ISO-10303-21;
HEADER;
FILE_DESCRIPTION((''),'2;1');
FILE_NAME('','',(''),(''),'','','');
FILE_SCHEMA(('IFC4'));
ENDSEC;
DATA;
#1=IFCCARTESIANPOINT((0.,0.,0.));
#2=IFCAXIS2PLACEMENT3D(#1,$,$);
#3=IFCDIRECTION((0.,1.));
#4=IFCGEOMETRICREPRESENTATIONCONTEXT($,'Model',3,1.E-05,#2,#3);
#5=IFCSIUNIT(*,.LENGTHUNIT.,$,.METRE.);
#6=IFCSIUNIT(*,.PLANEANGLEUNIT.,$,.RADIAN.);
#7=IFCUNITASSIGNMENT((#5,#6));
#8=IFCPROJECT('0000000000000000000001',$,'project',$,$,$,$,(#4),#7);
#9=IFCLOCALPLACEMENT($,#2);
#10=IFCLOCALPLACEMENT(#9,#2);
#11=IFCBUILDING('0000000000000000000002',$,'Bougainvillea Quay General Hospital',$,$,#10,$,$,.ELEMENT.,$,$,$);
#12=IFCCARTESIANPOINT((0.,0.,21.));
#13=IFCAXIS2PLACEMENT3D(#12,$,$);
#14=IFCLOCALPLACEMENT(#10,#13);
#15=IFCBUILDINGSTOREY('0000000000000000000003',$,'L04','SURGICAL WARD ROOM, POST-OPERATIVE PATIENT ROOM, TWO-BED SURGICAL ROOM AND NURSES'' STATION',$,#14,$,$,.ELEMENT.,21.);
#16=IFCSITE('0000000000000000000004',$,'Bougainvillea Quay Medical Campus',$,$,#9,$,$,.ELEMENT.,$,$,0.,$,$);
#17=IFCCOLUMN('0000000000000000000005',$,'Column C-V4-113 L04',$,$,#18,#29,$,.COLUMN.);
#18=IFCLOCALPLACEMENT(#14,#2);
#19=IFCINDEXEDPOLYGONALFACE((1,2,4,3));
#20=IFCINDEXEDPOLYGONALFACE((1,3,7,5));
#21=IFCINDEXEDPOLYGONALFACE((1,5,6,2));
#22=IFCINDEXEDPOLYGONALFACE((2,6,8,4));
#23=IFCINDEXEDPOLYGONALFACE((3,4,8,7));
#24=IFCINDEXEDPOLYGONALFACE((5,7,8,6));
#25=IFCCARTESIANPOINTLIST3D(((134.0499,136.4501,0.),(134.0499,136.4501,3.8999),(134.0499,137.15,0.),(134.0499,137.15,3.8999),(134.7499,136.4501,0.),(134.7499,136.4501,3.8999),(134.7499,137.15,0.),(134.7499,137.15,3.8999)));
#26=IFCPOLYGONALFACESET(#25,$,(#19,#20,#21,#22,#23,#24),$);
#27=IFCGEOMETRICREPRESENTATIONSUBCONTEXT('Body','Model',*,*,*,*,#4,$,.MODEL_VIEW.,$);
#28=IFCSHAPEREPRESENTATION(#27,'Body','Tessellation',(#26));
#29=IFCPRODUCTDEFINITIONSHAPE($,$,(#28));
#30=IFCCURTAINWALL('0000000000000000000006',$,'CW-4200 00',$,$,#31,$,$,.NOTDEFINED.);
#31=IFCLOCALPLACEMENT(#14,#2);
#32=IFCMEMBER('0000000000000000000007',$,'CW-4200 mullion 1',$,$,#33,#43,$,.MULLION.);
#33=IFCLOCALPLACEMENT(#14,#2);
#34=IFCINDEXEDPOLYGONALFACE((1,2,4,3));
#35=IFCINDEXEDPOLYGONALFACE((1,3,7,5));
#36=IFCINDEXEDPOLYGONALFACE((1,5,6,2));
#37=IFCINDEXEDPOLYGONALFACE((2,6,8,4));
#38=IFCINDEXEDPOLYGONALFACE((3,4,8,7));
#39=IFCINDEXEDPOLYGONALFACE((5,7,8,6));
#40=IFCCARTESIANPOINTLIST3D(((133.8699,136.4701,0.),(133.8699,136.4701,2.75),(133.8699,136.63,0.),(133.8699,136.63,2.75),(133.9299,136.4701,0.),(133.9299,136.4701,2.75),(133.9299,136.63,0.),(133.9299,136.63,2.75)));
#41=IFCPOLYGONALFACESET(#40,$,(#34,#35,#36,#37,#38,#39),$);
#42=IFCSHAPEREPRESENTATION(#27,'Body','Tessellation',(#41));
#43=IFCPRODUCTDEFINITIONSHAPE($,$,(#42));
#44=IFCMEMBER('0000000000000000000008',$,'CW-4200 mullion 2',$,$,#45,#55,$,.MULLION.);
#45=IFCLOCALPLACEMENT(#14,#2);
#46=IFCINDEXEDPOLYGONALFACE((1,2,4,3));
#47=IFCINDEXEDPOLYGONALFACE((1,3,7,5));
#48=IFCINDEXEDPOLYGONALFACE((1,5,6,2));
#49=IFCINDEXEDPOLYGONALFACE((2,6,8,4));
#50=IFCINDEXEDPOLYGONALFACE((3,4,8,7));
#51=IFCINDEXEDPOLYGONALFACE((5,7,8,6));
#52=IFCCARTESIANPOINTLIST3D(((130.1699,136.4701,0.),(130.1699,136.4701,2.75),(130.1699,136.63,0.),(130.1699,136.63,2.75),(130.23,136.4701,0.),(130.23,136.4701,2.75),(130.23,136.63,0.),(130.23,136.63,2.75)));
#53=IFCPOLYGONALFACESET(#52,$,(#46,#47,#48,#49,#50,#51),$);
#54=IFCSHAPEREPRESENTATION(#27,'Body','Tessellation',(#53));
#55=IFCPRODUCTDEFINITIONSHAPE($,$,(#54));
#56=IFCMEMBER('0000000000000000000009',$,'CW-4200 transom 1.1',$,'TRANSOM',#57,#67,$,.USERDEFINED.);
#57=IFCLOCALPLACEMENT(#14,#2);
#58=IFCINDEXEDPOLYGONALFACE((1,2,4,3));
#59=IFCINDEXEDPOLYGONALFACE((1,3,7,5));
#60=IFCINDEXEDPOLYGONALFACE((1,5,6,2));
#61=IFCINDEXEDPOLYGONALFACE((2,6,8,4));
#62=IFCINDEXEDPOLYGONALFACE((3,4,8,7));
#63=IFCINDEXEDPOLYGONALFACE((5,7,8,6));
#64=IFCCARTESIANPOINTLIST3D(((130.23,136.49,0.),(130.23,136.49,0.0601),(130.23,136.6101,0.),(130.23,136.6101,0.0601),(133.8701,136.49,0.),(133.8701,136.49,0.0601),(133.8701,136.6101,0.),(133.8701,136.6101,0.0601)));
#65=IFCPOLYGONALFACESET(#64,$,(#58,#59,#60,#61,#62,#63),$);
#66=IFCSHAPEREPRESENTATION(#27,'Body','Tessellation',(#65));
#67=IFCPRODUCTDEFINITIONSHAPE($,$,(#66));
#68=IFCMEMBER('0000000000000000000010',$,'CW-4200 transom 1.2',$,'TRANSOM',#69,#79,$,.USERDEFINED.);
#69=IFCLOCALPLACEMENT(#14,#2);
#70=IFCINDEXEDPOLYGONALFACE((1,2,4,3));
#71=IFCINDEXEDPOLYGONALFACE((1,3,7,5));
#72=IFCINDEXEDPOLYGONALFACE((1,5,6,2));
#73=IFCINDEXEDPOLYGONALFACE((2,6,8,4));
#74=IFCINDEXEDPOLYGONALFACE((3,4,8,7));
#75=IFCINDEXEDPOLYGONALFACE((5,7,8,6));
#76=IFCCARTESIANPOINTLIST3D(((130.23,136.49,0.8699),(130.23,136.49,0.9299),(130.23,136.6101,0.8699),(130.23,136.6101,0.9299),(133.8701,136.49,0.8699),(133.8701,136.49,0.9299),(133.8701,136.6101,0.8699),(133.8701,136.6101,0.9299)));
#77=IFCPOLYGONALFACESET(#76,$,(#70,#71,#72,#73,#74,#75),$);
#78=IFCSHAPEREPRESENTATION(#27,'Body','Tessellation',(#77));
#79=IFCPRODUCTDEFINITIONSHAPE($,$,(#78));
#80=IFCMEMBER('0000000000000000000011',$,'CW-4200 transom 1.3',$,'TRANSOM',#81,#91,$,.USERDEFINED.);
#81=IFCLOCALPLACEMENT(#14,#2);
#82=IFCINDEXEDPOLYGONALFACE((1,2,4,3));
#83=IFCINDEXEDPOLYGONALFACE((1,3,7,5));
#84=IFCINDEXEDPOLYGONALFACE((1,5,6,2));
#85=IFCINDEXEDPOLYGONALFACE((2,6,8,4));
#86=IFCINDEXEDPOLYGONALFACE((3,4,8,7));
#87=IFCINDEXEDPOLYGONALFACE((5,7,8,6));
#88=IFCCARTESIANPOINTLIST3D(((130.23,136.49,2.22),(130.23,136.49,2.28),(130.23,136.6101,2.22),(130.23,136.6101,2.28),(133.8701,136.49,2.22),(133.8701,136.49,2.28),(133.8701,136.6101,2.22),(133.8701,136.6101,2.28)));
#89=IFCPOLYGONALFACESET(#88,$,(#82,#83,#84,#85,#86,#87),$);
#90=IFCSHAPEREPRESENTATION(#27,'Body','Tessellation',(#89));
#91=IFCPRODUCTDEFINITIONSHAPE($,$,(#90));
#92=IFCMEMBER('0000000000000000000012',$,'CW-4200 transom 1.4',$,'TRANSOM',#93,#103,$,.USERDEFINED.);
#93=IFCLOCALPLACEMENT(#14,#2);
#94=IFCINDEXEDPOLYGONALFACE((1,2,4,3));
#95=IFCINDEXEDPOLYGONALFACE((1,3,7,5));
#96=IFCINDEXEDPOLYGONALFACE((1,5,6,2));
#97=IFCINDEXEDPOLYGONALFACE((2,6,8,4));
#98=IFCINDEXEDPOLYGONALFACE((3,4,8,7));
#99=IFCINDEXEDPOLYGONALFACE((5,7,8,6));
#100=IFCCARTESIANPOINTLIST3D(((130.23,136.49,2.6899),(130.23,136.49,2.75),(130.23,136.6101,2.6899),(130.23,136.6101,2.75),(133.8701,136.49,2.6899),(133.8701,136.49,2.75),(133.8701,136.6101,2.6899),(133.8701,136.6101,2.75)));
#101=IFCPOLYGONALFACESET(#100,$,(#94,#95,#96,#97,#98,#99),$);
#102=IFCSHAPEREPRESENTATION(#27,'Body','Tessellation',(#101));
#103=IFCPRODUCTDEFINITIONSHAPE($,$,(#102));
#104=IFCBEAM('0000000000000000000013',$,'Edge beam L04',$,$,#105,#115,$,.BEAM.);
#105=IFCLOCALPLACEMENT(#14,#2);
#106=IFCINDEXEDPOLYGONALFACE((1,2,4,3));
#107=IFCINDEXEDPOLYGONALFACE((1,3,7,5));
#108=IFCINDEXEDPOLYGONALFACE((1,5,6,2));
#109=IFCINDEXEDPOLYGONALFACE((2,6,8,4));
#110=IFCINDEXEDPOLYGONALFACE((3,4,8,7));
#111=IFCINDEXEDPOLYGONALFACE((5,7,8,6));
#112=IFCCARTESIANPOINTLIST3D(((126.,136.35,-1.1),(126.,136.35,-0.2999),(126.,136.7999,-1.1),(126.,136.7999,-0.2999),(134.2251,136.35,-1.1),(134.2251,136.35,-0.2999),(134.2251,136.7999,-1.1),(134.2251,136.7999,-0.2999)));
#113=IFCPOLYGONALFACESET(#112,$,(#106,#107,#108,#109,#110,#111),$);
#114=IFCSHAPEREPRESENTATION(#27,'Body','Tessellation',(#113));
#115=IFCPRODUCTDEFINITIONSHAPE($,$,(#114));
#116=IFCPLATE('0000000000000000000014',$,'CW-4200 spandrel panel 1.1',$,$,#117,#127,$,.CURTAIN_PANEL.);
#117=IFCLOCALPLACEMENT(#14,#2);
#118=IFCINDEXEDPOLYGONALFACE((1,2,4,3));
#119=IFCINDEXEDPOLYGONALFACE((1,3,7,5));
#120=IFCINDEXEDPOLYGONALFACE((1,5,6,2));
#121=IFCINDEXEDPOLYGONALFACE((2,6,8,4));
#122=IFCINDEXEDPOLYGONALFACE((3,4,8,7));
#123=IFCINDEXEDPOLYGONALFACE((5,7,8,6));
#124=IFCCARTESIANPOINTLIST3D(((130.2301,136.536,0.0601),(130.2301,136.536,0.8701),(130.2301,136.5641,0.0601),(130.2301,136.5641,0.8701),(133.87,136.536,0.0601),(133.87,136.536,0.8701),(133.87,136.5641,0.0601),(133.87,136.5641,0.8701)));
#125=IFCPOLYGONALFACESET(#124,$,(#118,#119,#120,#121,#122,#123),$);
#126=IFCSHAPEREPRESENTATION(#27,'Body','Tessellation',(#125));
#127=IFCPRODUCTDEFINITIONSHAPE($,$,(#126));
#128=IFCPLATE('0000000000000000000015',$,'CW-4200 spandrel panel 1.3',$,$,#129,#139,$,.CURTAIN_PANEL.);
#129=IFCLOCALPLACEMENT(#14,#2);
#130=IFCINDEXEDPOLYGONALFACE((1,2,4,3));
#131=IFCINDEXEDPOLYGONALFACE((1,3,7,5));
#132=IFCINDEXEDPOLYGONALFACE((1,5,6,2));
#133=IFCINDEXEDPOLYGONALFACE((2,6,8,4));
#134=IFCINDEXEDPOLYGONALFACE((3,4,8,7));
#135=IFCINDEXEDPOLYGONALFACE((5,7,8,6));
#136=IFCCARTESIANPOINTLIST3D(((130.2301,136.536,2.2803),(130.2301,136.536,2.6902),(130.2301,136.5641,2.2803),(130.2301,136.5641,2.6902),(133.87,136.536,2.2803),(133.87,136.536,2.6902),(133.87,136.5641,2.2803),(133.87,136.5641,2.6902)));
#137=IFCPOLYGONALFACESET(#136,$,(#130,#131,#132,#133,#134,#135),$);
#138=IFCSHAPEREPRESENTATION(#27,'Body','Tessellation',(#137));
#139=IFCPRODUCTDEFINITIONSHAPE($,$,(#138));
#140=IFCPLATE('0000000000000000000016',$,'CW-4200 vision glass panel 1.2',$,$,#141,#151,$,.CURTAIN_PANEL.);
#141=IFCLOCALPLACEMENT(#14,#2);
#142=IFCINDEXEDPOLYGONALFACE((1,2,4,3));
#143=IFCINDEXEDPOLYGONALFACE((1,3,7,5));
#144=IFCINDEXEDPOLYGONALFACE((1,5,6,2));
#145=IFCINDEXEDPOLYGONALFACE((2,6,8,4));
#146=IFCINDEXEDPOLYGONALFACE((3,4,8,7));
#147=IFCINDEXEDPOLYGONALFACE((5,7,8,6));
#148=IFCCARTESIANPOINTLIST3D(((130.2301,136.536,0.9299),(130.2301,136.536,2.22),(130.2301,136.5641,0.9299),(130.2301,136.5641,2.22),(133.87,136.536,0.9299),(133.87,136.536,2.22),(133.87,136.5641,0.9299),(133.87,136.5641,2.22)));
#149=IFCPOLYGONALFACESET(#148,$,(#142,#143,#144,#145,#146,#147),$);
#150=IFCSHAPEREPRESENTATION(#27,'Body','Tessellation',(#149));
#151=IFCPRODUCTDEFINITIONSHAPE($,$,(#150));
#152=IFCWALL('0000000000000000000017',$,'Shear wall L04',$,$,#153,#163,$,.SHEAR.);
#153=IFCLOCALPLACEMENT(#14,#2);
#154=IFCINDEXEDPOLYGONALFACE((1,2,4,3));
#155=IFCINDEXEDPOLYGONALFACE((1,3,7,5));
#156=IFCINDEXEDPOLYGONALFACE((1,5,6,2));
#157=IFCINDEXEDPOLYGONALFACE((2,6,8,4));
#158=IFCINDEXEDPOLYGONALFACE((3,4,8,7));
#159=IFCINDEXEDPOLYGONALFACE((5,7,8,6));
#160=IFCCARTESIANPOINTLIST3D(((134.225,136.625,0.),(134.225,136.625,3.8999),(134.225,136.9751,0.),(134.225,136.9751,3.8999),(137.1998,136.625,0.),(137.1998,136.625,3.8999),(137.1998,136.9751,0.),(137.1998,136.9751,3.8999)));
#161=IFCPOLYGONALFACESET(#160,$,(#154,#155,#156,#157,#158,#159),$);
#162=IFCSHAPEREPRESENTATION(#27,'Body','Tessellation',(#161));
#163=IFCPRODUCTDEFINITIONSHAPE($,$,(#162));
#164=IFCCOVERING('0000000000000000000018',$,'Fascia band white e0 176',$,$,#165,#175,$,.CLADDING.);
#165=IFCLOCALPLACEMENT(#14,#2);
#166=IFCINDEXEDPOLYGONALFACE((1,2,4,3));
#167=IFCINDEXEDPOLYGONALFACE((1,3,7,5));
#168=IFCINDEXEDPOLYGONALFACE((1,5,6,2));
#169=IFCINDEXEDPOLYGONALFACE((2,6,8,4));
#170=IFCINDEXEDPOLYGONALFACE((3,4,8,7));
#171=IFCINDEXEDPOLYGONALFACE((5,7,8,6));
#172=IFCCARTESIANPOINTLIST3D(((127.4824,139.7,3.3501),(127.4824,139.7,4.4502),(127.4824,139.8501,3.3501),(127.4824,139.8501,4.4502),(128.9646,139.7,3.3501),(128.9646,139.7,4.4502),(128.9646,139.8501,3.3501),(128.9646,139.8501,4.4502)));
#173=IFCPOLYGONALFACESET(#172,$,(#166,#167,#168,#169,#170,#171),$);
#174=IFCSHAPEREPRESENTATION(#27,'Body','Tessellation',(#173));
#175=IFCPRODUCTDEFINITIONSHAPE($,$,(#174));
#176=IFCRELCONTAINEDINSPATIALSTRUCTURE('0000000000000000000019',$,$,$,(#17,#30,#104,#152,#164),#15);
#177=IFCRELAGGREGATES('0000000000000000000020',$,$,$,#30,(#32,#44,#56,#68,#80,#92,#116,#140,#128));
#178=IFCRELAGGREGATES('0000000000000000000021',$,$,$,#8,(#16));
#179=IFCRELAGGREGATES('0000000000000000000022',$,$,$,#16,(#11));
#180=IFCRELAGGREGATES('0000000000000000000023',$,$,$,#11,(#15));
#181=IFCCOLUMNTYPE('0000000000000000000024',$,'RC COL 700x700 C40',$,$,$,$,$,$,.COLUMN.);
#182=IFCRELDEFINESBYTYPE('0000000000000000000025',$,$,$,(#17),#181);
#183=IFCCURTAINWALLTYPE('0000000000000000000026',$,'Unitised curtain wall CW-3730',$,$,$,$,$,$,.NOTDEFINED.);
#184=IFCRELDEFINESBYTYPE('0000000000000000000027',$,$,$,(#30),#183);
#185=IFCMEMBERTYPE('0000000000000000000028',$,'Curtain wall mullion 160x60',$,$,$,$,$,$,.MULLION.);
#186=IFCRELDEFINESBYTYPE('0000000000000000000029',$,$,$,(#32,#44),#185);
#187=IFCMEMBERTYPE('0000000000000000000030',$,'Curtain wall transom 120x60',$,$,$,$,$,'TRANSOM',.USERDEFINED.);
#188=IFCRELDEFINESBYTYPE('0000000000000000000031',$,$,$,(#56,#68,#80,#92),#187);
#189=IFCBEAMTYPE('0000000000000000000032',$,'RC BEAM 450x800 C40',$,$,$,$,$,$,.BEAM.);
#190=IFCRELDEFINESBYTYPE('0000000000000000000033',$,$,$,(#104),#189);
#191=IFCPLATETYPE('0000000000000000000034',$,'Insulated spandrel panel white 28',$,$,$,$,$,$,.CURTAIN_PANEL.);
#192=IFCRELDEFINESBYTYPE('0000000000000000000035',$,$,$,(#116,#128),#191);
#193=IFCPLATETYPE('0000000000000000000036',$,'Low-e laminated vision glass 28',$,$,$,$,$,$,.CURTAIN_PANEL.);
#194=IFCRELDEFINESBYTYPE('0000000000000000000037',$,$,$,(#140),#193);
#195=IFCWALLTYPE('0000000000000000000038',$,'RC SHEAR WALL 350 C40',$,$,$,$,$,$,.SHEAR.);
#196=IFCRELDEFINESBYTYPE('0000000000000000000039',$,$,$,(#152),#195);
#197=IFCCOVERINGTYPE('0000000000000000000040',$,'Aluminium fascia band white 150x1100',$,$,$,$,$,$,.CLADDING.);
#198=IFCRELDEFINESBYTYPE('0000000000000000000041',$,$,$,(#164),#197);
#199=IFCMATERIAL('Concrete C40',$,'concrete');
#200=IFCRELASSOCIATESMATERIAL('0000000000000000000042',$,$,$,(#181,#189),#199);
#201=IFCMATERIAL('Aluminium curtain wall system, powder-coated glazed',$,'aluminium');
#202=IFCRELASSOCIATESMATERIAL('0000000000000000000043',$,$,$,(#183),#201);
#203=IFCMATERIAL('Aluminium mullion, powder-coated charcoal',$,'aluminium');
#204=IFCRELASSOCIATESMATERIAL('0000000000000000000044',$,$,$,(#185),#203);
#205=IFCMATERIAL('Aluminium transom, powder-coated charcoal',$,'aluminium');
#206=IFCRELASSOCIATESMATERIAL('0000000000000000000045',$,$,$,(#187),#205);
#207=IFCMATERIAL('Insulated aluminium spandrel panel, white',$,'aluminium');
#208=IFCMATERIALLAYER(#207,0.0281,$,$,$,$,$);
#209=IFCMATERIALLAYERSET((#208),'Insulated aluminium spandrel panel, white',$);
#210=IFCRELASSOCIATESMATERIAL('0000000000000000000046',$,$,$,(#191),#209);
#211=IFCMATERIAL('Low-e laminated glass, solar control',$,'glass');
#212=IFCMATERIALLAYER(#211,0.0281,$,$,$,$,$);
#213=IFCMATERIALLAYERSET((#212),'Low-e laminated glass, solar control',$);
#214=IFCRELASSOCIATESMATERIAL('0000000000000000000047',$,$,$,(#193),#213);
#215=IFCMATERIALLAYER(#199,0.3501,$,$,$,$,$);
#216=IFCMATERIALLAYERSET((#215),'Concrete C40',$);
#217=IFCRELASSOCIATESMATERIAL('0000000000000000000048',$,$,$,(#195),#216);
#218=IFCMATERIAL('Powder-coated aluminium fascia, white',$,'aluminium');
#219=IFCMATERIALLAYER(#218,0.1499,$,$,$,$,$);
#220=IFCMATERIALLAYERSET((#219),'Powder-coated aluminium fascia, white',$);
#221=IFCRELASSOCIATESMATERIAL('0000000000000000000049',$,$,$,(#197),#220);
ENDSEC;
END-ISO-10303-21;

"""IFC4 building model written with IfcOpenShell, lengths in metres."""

from ifc_helpers import new_model, si_unit, direction, frame, frame_2d, origin, origin_2d, place, context, subcontext, project, spatial, polyline, rectangle, outline, extrude, material, layer, layer_set, material_profile, profile_set, type_object, element, aggregate, save


model = new_model("IFC4")

# Units and contexts
model_context = context("Model", 3, precision=1e-05, world=origin(), true_north=direction((0.0, 1.0)))
body_context = subcontext(model_context, "Body", "Model", "MODEL_VIEW")
ifc_project = project(units=[si_unit("LENGTHUNIT", "METRE"), si_unit("PLANEANGLEUNIT", "RADIAN")], contexts=[model_context])

# Site, building, storey
site_placement = place(None, origin())
site = spatial("IfcSite", under=ifc_project, at=site_placement, Name="Bougainvillea Quay Medical Campus", CompositionType="ELEMENT", RefElevation=0.0)
building_placement = place(site_placement, origin())
building = spatial("IfcBuilding", under=site, at=building_placement, Name="Bougainvillea Quay General Hospital", CompositionType="ELEMENT")
storey_placement = place(building_placement, frame((0.0, 0.0, 21.0)))
storey = spatial("IfcBuildingStorey", under=building, at=storey_placement, Name="L04", Description="SURGICAL WARD ROOM, POST-OPERATIVE PATIENT ROOM, TWO-BED SURGICAL ROOM AND NURSES' STATION", CompositionType="ELEMENT", Elevation=21.0)

# Column
ifc_material_1 = material(Name="Concrete C40", Category="concrete")
ifc_material_profile_1 = material_profile(ifc_material_1, rectangle(XDim=0.7, YDim=0.7, at=origin_2d()))
ifc_profile_set_1 = profile_set([ifc_material_profile_1], Name="Concrete C40")
column_type = type_object("IfcColumnType", Name="RC COL 700x700 C40", PredefinedType="COLUMN", material=ifc_profile_set_1)
column_placement = place(storey_placement, frame((134.3999, 136.8, 0.0), z_axis=(0.0, 0.0, 1.0), x_axis=(1.0, 0.0, 0.0)))
element("IfcColumn", 1, at=column_placement, inside=storey, type_object=column_type, Name="Column C-V4-113 L04", PredefinedType="COLUMN", context=body_context, shape_type="SweptSolid", body=[
    extrude(rectangle(XDim=0.7, YDim=0.7, at=origin_2d()), origin(), (0.0, 0.0, 1.0), 3.8999),
])

# Curtain wall, members
ifc_material_2 = material(Name="Aluminium curtain wall system, powder-coated glazed", Category="aluminium")
curtain_wall_type = type_object("IfcCurtainWallType", Name="Unitised curtain wall CW-3730", PredefinedType="NOTDEFINED", material=ifc_material_2)
curtain_wall_placement = place(storey_placement, origin())
curtain_wall = element("IfcCurtainWall", 2, at=curtain_wall_placement, inside=storey, type_object=curtain_wall_type, Name="CW-4200 00", PredefinedType="NOTDEFINED")
ifc_material_3 = material(Name="Aluminium mullion, powder-coated charcoal", Category="aluminium")
ifc_material_profile_2 = material_profile(ifc_material_3, rectangle(XDim=0.1599, YDim=0.0601, at=origin_2d()))
ifc_profile_set_2 = profile_set([ifc_material_profile_2], Name="Aluminium mullion, powder-coated charcoal")
member_type_1 = type_object("IfcMemberType", Name="Curtain wall mullion 160x60", PredefinedType="MULLION", material=ifc_profile_set_2)
member_1_placement = place(storey_placement, frame((133.8999, 136.55, 0.0), z_axis=(0.0, 0.0, 1.0), x_axis=(0.0, -1.0, 0.0)))
member_1 = element("IfcMember", 3, at=member_1_placement, type_object=member_type_1, Name="CW-4200 mullion 1", PredefinedType="MULLION", context=body_context, shape_type="SweptSolid", body=[
    extrude(rectangle(XDim=0.1599, YDim=0.0601, at=origin_2d()), origin(), (0.0, 0.0, 1.0), 2.75),
])
member_2_placement = place(storey_placement, frame((130.2, 136.55, 0.0), z_axis=(0.0, 0.0, 1.0), x_axis=(0.0, -1.0, 0.0)))
member_2 = element("IfcMember", 4, at=member_2_placement, type_object=member_type_1, Name="CW-4200 mullion 2", PredefinedType="MULLION", context=body_context, shape_type="SweptSolid", body=[
    extrude(rectangle(XDim=0.1599, YDim=0.0601, at=origin_2d()), origin(), (0.0, 0.0, 1.0), 2.75),
])
ifc_material_4 = material(Name="Aluminium transom, powder-coated charcoal", Category="aluminium")
ifc_material_profile_3 = material_profile(ifc_material_4, rectangle(XDim=0.1201, YDim=0.0601, at=origin_2d()))
ifc_profile_set_3 = profile_set([ifc_material_profile_3], Name="Aluminium transom, powder-coated charcoal")
member_type_2 = type_object("IfcMemberType", Name="Curtain wall transom 120x60", ElementType="TRANSOM", PredefinedType="USERDEFINED", material=ifc_profile_set_3)
member_3_placement = place(storey_placement, frame((133.8701, 136.55, 0.03), z_axis=(-1.0, 0.0, 0.0), x_axis=(0.0, -1.0, 0.0)))
member_3 = element("IfcMember", 5, at=member_3_placement, type_object=member_type_2, Name="CW-4200 transom 1.1", ObjectType="TRANSOM", PredefinedType="USERDEFINED", context=body_context, shape_type="SweptSolid", body=[
    extrude(rectangle(XDim=0.1201, YDim=0.0601, at=origin_2d()), origin(), (0.0, 0.0, 1.0), 3.6401),
])
member_4_placement = place(storey_placement, frame((133.8701, 136.55, 0.8999), z_axis=(-1.0, 0.0, 0.0), x_axis=(0.0, -1.0, 0.0)))
member_4 = element("IfcMember", 6, at=member_4_placement, type_object=member_type_2, Name="CW-4200 transom 1.2", ObjectType="TRANSOM", PredefinedType="USERDEFINED", context=body_context, shape_type="SweptSolid", body=[
    extrude(rectangle(XDim=0.1201, YDim=0.0601, at=origin_2d()), origin(), (0.0, 0.0, 1.0), 3.6401),
])
member_5_placement = place(storey_placement, frame((133.8701, 136.55, 2.25), z_axis=(-1.0, 0.0, 0.0), x_axis=(0.0, -1.0, 0.0)))
member_5 = element("IfcMember", 7, at=member_5_placement, type_object=member_type_2, Name="CW-4200 transom 1.3", ObjectType="TRANSOM", PredefinedType="USERDEFINED", context=body_context, shape_type="SweptSolid", body=[
    extrude(rectangle(XDim=0.1201, YDim=0.0601, at=origin_2d()), origin(), (0.0, 0.0, 1.0), 3.6401),
])
member_6_placement = place(storey_placement, frame((133.8701, 136.55, 2.72), z_axis=(-1.0, 0.0, 0.0), x_axis=(0.0, -1.0, 0.0)))
member_6 = element("IfcMember", 8, at=member_6_placement, type_object=member_type_2, Name="CW-4200 transom 1.4", ObjectType="TRANSOM", PredefinedType="USERDEFINED", context=body_context, shape_type="SweptSolid", body=[
    extrude(rectangle(XDim=0.1201, YDim=0.0601, at=origin_2d()), origin(), (0.0, 0.0, 1.0), 3.6401),
])

# Beam
ifc_material_profile_4 = material_profile(ifc_material_1, rectangle(XDim=0.45, YDim=0.8, at=origin_2d()))
ifc_profile_set_4 = profile_set([ifc_material_profile_4], Name="Concrete C40")
beam_type = type_object("IfcBeamType", Name="RC BEAM 450x800 C40", PredefinedType="BEAM", material=ifc_profile_set_4)
beam_placement = place(storey_placement, frame((134.2251, 136.575, -0.7), z_axis=(-1.0, 0.0, 0.0), x_axis=(0.0, -1.0, 0.0)))
element("IfcBeam", 9, at=beam_placement, inside=storey, type_object=beam_type, Name="Edge beam L04", PredefinedType="BEAM", context=body_context, shape_type="SweptSolid", body=[
    extrude(rectangle(XDim=0.45, YDim=0.8, at=origin_2d()), origin(), (0.0, 0.0, 1.0), 8.2251),
])

# Plates
ifc_material_5 = material(Name="Insulated aluminium spandrel panel, white", Category="aluminium")
ifc_layer_1 = layer(ifc_material_5, 0.0281)
ifc_layer_set_1 = layer_set([ifc_layer_1], Name="Insulated aluminium spandrel panel, white")
plate_type_1 = type_object("IfcPlateType", Name="Insulated spandrel panel white 28", PredefinedType="CURTAIN_PANEL", material=ifc_layer_set_1)
plate_1_placement = place(storey_placement, frame((132.05, 136.55, 0.0601), z_axis=(0.0, 0.0, 1.0), x_axis=(-1.0, 0.0, 0.0)))
plate_1 = element("IfcPlate", 10, at=plate_1_placement, type_object=plate_type_1, Name="CW-4200 spandrel panel 1.1", PredefinedType="CURTAIN_PANEL", context=body_context, shape_type="SweptSolid", body=[
    extrude(rectangle(XDim=3.6399, YDim=0.0281, at=origin_2d()), origin(), (0.0, 0.0, 1.0), 0.8101),
])
plate_2_placement = place(storey_placement, frame((132.05, 136.55, 2.2803), z_axis=(0.0, 0.0, 1.0), x_axis=(-1.0, 0.0, 0.0)))
plate_2 = element("IfcPlate", 11, at=plate_2_placement, type_object=plate_type_1, Name="CW-4200 spandrel panel 1.3", PredefinedType="CURTAIN_PANEL", context=body_context, shape_type="SweptSolid", body=[
    extrude(rectangle(XDim=3.6399, YDim=0.0281, at=origin_2d()), origin(), (0.0, 0.0, 1.0), 0.4099),
])
ifc_material_6 = material(Name="Low-e laminated glass, solar control", Category="glass")
ifc_layer_2 = layer(ifc_material_6, 0.0281)
ifc_layer_set_2 = layer_set([ifc_layer_2], Name="Low-e laminated glass, solar control")
plate_type_2 = type_object("IfcPlateType", Name="Low-e laminated vision glass 28", PredefinedType="CURTAIN_PANEL", material=ifc_layer_set_2)
plate_3_placement = place(storey_placement, frame((132.05, 136.55, 0.9299), z_axis=(0.0, 0.0, 1.0), x_axis=(-1.0, 0.0, 0.0)))
plate_3 = element("IfcPlate", 12, at=plate_3_placement, type_object=plate_type_2, Name="CW-4200 vision glass panel 1.2", PredefinedType="CURTAIN_PANEL", context=body_context, shape_type="SweptSolid", body=[
    extrude(rectangle(XDim=3.6399, YDim=0.0281, at=origin_2d()), origin(), (0.0, 0.0, 1.0), 1.29),
])
aggregate(curtain_wall, [member_1, member_2, member_3, member_4, member_5, member_6, plate_1, plate_3, plate_2])

# Wall
ifc_layer_3 = layer(ifc_material_1, 0.3501)
ifc_layer_set_3 = layer_set([ifc_layer_3], Name="Concrete C40")
wall_type = type_object("IfcWallType", Name="RC SHEAR WALL 350 C40", PredefinedType="SHEAR", material=ifc_layer_set_3)
wall_placement = place(storey_placement, frame((134.2251, 136.8, 0.0), z_axis=(0.0, 0.0, 1.0), x_axis=(1.0, 0.0, 0.0)))
element("IfcWall", 13, at=wall_placement, inside=storey, type_object=wall_type, Name="Shear wall L04", PredefinedType="SHEAR", context=body_context, shape_type="SweptSolid", body=[
    extrude(rectangle(XDim=2.9749, YDim=0.3501, at=frame_2d((1.4873, 0.0))), origin(), (0.0, 0.0, 1.0), 3.8999),
])

# Covering
ifc_material_7 = material(Name="Powder-coated aluminium fascia, white", Category="aluminium")
ifc_layer_4 = layer(ifc_material_7, 0.1499)
ifc_layer_set_4 = layer_set([ifc_layer_4], Name="Powder-coated aluminium fascia, white")
covering_type = type_object("IfcCoveringType", Name="Aluminium fascia band white 150x1100", PredefinedType="CLADDING", material=ifc_layer_set_4)
covering_1_placement = place(storey_placement, frame((127.4824, 139.8501, 3.3501), z_axis=(0.0, 0.0, 1.0), x_axis=(1.0, 0.0, 0.0)))
element("IfcCovering", 14, at=covering_1_placement, inside=storey, type_object=covering_type, Name="Fascia band white e0 176", PredefinedType="CLADDING", context=body_context, shape_type="SweptSolid", body=[
    extrude(outline(polyline([(0.0, 0.0), (1.4822, 0.0), (1.4822, -0.1501), (0.0, -0.1501), (0.0, 0.0)])), origin(), (0.0, 0.0, 1.0), 1.1001),
])

save(model, "model.ifc")
